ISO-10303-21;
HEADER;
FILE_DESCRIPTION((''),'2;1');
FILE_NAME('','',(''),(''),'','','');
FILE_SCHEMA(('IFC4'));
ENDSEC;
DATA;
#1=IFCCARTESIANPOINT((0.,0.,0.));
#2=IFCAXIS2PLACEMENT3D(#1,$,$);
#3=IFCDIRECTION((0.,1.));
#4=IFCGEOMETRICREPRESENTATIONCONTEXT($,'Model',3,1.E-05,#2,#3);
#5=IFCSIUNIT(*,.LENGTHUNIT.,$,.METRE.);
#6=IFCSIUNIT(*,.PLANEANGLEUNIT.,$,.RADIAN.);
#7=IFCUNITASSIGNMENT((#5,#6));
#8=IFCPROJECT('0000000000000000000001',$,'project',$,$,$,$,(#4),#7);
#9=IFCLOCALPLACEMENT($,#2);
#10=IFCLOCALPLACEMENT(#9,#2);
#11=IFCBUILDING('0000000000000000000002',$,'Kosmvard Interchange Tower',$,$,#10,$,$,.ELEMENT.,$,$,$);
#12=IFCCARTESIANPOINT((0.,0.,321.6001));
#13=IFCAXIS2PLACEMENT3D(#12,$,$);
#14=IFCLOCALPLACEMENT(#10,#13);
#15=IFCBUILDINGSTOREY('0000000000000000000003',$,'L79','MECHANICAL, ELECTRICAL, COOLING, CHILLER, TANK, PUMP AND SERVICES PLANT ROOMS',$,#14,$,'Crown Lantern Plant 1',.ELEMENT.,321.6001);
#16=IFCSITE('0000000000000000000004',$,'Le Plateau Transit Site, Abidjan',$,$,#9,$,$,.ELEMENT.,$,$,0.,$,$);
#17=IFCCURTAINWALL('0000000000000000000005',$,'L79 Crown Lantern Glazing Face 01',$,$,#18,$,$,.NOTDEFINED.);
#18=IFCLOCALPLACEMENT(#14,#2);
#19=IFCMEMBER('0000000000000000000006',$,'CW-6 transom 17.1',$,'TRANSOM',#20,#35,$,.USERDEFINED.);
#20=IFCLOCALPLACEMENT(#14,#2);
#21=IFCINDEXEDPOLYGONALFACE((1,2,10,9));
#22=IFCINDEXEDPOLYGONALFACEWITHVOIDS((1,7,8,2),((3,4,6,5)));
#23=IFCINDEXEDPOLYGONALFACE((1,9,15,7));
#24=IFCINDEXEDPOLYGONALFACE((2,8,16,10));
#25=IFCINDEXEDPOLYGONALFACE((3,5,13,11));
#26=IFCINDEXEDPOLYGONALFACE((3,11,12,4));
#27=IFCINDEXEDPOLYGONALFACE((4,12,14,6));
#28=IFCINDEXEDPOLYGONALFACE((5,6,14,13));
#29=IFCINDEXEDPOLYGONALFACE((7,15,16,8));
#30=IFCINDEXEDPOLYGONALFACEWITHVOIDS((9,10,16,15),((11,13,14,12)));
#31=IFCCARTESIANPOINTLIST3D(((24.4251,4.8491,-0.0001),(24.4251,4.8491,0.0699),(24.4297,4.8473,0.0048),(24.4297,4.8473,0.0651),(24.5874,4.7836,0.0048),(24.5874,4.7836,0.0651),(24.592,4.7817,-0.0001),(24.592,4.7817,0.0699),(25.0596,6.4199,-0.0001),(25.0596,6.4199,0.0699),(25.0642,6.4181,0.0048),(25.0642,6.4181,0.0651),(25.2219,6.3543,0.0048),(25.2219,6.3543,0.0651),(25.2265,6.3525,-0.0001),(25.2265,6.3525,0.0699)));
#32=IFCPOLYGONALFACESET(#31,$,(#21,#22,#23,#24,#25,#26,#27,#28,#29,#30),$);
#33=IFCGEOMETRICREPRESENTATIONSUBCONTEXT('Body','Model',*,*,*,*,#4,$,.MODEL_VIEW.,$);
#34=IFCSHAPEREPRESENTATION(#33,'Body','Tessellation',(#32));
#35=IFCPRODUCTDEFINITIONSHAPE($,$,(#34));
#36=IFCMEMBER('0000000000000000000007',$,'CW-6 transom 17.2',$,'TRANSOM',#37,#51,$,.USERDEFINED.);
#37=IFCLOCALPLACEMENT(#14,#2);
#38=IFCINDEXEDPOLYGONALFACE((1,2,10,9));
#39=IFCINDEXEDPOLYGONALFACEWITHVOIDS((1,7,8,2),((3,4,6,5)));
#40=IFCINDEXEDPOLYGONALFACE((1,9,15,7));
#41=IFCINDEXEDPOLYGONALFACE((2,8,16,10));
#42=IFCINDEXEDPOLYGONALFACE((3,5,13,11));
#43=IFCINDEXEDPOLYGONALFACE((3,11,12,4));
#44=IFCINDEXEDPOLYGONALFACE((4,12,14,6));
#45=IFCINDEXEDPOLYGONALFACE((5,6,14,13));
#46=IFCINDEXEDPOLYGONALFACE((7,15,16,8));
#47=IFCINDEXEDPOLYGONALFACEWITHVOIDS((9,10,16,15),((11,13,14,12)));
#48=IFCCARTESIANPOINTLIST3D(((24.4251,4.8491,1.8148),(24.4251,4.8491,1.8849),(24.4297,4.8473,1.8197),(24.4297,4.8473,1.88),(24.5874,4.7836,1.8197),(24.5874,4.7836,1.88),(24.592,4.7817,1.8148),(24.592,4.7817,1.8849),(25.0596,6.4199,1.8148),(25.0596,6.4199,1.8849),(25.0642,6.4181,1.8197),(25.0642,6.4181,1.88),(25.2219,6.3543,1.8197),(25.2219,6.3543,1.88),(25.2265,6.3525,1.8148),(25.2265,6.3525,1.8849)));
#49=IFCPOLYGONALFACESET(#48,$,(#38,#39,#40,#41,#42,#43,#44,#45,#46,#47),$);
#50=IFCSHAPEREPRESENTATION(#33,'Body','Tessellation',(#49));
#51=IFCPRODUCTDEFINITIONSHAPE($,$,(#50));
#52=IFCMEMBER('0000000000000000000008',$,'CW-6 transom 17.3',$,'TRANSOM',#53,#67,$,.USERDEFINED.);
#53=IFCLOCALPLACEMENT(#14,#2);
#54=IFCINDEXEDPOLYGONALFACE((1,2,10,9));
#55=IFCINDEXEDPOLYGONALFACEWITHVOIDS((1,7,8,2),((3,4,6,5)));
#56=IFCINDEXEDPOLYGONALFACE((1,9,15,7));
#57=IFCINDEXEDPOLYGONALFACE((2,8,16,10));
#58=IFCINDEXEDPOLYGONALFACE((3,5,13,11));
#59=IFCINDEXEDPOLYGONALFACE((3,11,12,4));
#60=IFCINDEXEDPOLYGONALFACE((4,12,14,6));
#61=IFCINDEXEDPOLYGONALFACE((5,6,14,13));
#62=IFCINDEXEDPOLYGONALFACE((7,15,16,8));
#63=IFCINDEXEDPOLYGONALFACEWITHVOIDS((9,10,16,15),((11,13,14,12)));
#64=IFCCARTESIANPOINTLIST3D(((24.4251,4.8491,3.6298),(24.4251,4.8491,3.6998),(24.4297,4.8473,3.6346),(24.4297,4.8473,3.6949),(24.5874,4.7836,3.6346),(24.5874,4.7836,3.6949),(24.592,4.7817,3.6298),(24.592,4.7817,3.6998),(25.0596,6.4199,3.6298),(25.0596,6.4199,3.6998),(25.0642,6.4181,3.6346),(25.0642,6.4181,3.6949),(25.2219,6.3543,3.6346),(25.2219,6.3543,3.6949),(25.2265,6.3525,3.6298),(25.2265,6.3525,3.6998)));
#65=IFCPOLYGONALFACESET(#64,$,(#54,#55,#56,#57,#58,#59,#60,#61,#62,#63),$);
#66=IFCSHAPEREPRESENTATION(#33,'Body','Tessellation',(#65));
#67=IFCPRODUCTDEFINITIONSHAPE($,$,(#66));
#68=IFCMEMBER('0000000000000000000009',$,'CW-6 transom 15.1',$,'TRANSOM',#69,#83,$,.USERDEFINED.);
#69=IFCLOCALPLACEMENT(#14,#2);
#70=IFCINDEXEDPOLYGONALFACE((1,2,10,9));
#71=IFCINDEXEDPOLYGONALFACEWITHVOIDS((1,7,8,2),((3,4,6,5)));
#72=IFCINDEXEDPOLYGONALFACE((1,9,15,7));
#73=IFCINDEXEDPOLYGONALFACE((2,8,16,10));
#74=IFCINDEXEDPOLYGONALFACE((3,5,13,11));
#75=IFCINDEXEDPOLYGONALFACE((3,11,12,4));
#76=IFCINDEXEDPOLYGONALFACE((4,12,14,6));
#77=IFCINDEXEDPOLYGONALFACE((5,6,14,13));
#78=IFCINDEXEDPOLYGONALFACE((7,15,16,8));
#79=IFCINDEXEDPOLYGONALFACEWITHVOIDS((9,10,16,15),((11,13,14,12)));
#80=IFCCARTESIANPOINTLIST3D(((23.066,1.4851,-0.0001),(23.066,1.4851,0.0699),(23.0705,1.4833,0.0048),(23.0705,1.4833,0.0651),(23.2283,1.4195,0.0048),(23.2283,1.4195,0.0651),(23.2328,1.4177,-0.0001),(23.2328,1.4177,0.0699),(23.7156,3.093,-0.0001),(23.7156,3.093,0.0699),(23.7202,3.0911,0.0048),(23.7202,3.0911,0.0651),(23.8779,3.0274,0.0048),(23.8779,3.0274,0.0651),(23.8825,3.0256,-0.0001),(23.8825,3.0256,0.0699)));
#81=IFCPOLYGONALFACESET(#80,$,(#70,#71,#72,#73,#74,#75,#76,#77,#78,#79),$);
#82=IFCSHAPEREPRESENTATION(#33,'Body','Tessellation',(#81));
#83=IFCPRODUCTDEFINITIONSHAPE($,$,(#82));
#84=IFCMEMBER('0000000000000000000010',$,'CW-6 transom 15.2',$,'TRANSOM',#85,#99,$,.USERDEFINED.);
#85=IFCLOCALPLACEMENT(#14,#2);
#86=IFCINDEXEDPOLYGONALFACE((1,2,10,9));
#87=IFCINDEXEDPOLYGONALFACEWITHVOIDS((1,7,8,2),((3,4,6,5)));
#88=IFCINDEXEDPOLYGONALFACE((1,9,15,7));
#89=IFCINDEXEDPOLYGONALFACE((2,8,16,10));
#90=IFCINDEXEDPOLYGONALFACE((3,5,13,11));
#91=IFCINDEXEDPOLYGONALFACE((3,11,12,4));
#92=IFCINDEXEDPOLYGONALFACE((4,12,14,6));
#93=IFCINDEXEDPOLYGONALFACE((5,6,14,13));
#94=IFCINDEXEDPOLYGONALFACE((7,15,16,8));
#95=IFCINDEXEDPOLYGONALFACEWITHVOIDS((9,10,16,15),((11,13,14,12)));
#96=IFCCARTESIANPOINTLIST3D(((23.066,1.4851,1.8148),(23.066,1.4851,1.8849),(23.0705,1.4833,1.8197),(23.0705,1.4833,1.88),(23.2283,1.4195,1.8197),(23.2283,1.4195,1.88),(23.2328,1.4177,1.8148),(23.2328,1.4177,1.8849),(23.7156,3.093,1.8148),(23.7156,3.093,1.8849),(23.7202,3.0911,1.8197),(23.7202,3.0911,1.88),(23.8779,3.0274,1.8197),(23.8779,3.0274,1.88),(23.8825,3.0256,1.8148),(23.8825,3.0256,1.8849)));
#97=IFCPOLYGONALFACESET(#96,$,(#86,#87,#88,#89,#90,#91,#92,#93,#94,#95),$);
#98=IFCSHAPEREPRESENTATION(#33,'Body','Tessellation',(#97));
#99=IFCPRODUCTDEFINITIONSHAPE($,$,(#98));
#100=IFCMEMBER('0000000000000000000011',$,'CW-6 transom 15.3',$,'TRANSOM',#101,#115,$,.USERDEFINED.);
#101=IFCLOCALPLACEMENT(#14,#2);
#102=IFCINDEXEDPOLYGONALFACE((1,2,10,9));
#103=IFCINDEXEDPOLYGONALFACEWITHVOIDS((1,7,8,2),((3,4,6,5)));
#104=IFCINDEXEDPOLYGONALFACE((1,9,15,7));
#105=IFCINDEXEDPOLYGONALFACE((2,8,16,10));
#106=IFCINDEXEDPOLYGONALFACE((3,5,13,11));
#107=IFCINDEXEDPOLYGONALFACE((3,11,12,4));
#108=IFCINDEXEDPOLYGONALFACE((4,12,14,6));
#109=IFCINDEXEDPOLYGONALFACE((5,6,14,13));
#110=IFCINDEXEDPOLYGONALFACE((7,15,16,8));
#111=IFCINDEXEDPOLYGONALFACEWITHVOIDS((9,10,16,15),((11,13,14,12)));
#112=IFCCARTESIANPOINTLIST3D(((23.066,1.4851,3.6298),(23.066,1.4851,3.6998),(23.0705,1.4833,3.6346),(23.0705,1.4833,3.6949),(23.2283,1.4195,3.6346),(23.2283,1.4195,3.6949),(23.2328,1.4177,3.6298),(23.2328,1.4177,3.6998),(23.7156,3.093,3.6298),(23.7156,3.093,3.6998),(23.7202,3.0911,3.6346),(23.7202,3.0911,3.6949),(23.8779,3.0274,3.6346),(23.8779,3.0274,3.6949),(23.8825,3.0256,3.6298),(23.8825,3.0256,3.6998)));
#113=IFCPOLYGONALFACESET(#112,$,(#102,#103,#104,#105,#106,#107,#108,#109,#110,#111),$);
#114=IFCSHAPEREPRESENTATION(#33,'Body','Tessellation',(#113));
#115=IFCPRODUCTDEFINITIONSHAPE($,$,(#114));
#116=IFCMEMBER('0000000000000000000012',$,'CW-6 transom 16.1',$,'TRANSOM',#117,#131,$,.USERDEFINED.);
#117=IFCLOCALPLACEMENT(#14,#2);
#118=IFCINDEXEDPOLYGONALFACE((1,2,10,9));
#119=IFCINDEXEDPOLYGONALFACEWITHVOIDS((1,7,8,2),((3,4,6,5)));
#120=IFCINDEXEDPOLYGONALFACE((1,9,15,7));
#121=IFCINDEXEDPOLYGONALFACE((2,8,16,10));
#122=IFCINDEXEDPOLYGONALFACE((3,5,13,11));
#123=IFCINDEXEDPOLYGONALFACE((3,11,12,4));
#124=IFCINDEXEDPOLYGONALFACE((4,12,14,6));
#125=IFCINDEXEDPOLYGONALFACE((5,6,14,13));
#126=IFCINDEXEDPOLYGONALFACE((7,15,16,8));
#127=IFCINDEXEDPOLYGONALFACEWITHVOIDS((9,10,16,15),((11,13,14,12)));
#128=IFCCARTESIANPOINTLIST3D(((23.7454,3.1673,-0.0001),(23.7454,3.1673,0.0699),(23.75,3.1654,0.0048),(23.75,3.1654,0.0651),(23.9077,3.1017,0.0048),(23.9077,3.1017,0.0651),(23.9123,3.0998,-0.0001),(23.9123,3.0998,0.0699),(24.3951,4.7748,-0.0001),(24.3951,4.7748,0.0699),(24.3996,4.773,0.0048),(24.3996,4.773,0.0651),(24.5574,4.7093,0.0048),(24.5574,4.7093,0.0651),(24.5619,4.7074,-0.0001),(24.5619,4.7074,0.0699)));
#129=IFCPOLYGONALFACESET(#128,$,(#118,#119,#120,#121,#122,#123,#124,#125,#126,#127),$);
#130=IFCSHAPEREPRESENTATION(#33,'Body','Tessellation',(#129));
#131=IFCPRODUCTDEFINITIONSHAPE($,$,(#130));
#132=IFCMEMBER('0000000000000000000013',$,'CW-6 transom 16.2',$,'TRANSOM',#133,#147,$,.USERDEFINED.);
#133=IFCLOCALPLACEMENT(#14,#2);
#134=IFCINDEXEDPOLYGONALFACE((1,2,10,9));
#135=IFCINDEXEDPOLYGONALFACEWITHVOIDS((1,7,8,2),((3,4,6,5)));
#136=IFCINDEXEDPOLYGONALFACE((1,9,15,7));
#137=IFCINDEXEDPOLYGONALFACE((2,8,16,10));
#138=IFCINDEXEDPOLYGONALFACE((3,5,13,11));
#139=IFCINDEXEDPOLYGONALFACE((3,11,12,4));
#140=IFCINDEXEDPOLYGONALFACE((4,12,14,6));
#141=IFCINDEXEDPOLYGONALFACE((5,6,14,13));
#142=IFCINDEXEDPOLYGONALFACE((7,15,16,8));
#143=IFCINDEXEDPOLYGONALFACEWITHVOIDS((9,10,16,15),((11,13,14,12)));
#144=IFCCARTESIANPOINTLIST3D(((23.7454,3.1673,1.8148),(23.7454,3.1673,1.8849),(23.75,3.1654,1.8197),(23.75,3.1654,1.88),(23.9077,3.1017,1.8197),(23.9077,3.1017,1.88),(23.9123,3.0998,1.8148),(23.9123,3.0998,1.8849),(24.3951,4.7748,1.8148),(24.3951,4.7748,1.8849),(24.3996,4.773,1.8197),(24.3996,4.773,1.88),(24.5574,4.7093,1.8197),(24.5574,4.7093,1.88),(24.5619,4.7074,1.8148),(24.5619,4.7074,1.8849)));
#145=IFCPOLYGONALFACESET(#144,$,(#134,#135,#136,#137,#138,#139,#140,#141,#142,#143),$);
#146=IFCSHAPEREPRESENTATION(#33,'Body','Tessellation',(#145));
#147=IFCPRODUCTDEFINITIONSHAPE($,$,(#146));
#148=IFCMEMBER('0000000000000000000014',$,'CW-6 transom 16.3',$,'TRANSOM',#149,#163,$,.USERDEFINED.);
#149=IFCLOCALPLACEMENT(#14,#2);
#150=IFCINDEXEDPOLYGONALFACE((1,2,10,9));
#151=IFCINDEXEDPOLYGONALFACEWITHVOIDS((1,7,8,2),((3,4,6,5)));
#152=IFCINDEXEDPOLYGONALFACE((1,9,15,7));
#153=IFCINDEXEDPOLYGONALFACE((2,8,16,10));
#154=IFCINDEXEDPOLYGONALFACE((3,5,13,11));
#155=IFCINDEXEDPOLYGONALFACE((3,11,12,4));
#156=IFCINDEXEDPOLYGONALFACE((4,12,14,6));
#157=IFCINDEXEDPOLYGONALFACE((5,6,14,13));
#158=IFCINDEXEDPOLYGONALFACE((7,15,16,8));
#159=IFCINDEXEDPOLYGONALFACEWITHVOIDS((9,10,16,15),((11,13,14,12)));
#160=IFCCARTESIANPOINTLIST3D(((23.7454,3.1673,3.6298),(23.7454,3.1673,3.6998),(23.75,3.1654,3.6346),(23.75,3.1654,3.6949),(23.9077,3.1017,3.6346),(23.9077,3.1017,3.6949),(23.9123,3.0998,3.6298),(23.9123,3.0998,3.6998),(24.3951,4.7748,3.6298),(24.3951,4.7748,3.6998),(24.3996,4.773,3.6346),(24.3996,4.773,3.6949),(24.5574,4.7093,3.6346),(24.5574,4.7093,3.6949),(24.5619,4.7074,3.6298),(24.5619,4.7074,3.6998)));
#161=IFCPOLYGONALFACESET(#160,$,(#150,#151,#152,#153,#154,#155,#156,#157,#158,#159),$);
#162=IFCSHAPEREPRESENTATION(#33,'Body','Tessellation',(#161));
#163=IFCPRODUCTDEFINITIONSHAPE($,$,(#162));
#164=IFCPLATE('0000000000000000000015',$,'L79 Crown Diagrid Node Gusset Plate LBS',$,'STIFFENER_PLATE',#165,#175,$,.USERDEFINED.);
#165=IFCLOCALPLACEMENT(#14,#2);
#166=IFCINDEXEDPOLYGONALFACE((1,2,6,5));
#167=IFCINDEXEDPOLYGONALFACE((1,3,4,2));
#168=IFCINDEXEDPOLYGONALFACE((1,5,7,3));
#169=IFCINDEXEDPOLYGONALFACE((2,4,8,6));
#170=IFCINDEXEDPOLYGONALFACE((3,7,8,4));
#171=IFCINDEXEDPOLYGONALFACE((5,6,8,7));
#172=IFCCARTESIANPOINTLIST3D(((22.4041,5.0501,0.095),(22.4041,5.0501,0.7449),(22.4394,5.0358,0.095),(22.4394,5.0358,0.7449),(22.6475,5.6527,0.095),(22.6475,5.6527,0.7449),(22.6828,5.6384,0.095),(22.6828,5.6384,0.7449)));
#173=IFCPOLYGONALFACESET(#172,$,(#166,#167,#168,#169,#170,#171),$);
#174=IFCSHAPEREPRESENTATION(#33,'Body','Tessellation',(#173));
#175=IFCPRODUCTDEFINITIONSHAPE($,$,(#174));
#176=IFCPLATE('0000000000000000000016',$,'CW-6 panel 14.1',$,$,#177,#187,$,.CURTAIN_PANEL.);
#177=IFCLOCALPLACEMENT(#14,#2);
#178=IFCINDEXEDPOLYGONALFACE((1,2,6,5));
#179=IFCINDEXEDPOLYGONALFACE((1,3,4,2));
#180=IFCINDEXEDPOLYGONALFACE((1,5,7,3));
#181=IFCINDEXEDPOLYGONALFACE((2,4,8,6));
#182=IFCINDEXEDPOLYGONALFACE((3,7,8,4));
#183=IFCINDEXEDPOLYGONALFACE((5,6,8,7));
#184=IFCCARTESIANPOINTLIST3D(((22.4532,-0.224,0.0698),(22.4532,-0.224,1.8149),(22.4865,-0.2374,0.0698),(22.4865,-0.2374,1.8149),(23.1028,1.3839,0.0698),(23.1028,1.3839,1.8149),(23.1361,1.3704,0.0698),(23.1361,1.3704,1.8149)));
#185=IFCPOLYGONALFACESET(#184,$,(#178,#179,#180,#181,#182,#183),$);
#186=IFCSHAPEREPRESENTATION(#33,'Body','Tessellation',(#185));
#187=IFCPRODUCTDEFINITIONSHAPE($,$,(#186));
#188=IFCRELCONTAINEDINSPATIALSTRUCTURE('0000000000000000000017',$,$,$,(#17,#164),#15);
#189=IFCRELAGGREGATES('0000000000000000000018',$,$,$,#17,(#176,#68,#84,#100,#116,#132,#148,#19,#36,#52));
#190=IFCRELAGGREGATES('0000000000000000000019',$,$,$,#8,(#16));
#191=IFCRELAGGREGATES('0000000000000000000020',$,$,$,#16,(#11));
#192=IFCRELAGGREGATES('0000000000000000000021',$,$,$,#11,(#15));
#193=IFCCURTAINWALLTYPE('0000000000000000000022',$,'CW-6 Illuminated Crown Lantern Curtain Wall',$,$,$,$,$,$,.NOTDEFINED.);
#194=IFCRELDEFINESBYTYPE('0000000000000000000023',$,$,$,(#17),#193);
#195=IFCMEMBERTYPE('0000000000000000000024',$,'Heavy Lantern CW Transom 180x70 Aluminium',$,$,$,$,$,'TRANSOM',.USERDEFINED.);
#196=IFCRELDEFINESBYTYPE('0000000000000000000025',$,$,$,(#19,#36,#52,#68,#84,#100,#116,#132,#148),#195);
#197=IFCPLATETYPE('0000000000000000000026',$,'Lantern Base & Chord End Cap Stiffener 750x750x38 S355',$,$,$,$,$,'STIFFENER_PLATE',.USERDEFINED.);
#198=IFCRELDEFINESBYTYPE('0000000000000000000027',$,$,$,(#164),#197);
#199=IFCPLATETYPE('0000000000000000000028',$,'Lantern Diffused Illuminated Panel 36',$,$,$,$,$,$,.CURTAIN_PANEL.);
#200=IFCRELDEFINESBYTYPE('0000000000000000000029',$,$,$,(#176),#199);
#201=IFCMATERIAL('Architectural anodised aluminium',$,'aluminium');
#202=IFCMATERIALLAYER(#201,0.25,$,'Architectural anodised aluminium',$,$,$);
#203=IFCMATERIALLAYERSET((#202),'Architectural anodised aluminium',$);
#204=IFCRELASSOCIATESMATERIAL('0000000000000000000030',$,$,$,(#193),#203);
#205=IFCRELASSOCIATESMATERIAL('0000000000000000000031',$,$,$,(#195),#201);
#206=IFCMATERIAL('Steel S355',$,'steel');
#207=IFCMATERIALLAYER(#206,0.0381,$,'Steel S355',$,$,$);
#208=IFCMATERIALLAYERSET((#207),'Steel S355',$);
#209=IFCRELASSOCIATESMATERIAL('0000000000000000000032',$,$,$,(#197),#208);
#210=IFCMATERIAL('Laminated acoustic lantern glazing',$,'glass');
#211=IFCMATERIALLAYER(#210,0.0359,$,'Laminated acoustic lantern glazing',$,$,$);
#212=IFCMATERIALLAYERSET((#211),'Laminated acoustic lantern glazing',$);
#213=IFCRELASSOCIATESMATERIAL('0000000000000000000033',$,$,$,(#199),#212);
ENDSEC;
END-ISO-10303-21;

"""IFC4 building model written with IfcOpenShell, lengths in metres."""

from ifc_helpers import new_model, si_unit, direction, frame, origin, origin_2d, place, context, subcontext, project, spatial, rectangle, hollow_rectangle, extrude, source, transform, mapped, material, layer, layer_set, material_profile, profile_set, type_object, element, aggregate, save


model = new_model("IFC4")

# Units and contexts
model_context = context("Model", 3, precision=1e-05, world=origin(), true_north=direction((0.0, 1.0)))
body_context = subcontext(model_context, "Body", "Model", "MODEL_VIEW")
ifc_project = project(units=[si_unit("LENGTHUNIT", "METRE"), si_unit("PLANEANGLEUNIT", "RADIAN")], contexts=[model_context])

# Site, building, storey
site_placement = place(None, origin())
site = spatial("IfcSite", under=ifc_project, at=site_placement, Name="Le Plateau Transit Site, Abidjan", CompositionType="ELEMENT", RefElevation=0.0)
building_placement = place(site_placement, origin())
building = spatial("IfcBuilding", under=site, at=building_placement, Name="Kosmvard Interchange Tower", CompositionType="ELEMENT")
storey_placement = place(building_placement, frame((0.0, 0.0, 321.6001)))
storey = spatial("IfcBuildingStorey", under=building, at=storey_placement, Name="L79", Description="MECHANICAL, ELECTRICAL, COOLING, CHILLER, TANK, PUMP AND SERVICES PLANT ROOMS", LongName="Crown Lantern Plant 1", CompositionType="ELEMENT", Elevation=321.6001)

# Shared definitions
ifc_material_1 = material(Name="Steel S355", Category="steel")

# Curtain wall, members
ifc_material_2 = material(Name="Architectural anodised aluminium", Category="aluminium")
ifc_layer_1 = layer(ifc_material_2, 0.25, Name="Architectural anodised aluminium")
ifc_layer_set_1 = layer_set([ifc_layer_1], Name="Architectural anodised aluminium")
curtain_wall_type = type_object("IfcCurtainWallType", Name="CW-6 Illuminated Crown Lantern Curtain Wall", PredefinedType="NOTDEFINED", material=ifc_layer_set_1)
curtain_wall_placement = place(storey_placement, origin())
curtain_wall = element("IfcCurtainWall", 1, at=curtain_wall_placement, inside=storey, type_object=curtain_wall_type, Name="L79 Crown Lantern Glazing Face 01", PredefinedType="NOTDEFINED")
ifc_material_profile_1 = material_profile(ifc_material_2, hollow_rectangle(XDim=0.1799, YDim=0.0701, WallThickness=0.0049, at=origin_2d()), Name="CWT 180x70x5")
ifc_profile_set_1 = profile_set([ifc_material_profile_1], Name="Architectural anodised aluminium")
member_type_1 = type_object("IfcMemberType", Name="Heavy Lantern CW Transom 180x70 Aluminium", ElementType="TRANSOM", PredefinedType="USERDEFINED", material=ifc_profile_set_1)
shared_shape_1 = source(origin(), body_context, "Body", "SweptSolid", [
    extrude(hollow_rectangle(XDim=0.1799, YDim=0.0701, WallThickness=0.0049, at=origin_2d()), origin(), (0.0, 0.0, 1.0), 1.6941),
])
member_1_placement = place(storey_placement, frame((24.5085, 4.8154, 0.0349), z_axis=(0.374544, 0.927209, 0.0), x_axis=(-0.927209, 0.374544, 0.0)))
member_1 = element("IfcMember", 2, at=member_1_placement, type_object=member_type_1, Name="CW-6 transom 17.1", ObjectType="TRANSOM", PredefinedType="USERDEFINED", context=body_context, shape_type="MappedRepresentation", body=[
    mapped(shared_shape_1, transform((0.0, 0.0, 0.0), scale=1.0)),
])
member_2_placement = place(storey_placement, frame((24.5085, 4.8154, 1.8499), z_axis=(0.374544, 0.927209, 0.0), x_axis=(-0.927209, 0.374544, 0.0)))
member_2 = element("IfcMember", 3, at=member_2_placement, type_object=member_type_1, Name="CW-6 transom 17.2", ObjectType="TRANSOM", PredefinedType="USERDEFINED", context=body_context, shape_type="MappedRepresentation", body=[
    mapped(shared_shape_1, transform((0.0, 0.0, 0.0), scale=1.0)),
])
member_3_placement = place(storey_placement, frame((24.5085, 4.8154, 3.6648), z_axis=(0.374544, 0.927209, 0.0), x_axis=(-0.927209, 0.374544, 0.0)))
member_3 = element("IfcMember", 4, at=member_3_placement, type_object=member_type_1, Name="CW-6 transom 17.3", ObjectType="TRANSOM", PredefinedType="USERDEFINED", context=body_context, shape_type="MappedRepresentation", body=[
    mapped(shared_shape_1, transform((0.0, 0.0, 0.0), scale=1.0)),
])
shared_shape_2 = source(origin(), body_context, "Body", "SweptSolid", [
    extrude(hollow_rectangle(XDim=0.1799, YDim=0.0701, WallThickness=0.0049, at=origin_2d()), origin(), (0.0, 0.0, 1.0), 1.7341),
])
member_4_placement = place(storey_placement, frame((23.1494, 1.4514, 0.0349), z_axis=(0.374617, 0.92718, 0.0), x_axis=(-0.92718, 0.374617, 0.0)))
member_4 = element("IfcMember", 5, at=member_4_placement, type_object=member_type_1, Name="CW-6 transom 15.1", ObjectType="TRANSOM", PredefinedType="USERDEFINED", context=body_context, shape_type="MappedRepresentation", body=[
    mapped(shared_shape_2, transform((0.0, 0.0, 0.0), scale=1.0)),
])
member_5_placement = place(storey_placement, frame((23.1494, 1.4514, 1.8499), z_axis=(0.374617, 0.92718, 0.0), x_axis=(-0.92718, 0.374617, 0.0)))
member_5 = element("IfcMember", 6, at=member_5_placement, type_object=member_type_1, Name="CW-6 transom 15.2", ObjectType="TRANSOM", PredefinedType="USERDEFINED", context=body_context, shape_type="MappedRepresentation", body=[
    mapped(shared_shape_2, transform((0.0, 0.0, 0.0), scale=1.0)),
])
member_6_placement = place(storey_placement, frame((23.1494, 1.4514, 3.6648), z_axis=(0.374617, 0.92718, 0.0), x_axis=(-0.92718, 0.374617, 0.0)))
member_6 = element("IfcMember", 7, at=member_6_placement, type_object=member_type_1, Name="CW-6 transom 15.3", ObjectType="TRANSOM", PredefinedType="USERDEFINED", context=body_context, shape_type="MappedRepresentation", body=[
    mapped(shared_shape_2, transform((0.0, 0.0, 0.0), scale=1.0)),
])
shared_shape_3 = source(origin(), body_context, "Body", "SweptSolid", [
    extrude(hollow_rectangle(XDim=0.1799, YDim=0.0701, WallThickness=0.0049, at=origin_2d()), origin(), (0.0, 0.0, 1.0), 1.7339),
])
member_7_placement = place(storey_placement, frame((23.8289, 3.1335, 0.0349), z_axis=(0.374666, 0.92716, 0.0), x_axis=(-0.92716, 0.374666, 0.0)))
member_7 = element("IfcMember", 8, at=member_7_placement, type_object=member_type_1, Name="CW-6 transom 16.1", ObjectType="TRANSOM", PredefinedType="USERDEFINED", context=body_context, shape_type="MappedRepresentation", body=[
    mapped(shared_shape_3, transform((0.0, 0.0, 0.0), scale=1.0)),
])
member_8_placement = place(storey_placement, frame((23.8289, 3.1335, 1.8499), z_axis=(0.374666, 0.92716, 0.0), x_axis=(-0.92716, 0.374666, 0.0)))
member_8 = element("IfcMember", 9, at=member_8_placement, type_object=member_type_1, Name="CW-6 transom 16.2", ObjectType="TRANSOM", PredefinedType="USERDEFINED", context=body_context, shape_type="MappedRepresentation", body=[
    mapped(shared_shape_3, transform((0.0, 0.0, 0.0), scale=1.0)),
])
member_9_placement = place(storey_placement, frame((23.8289, 3.1335, 3.6648), z_axis=(0.374666, 0.92716, 0.0), x_axis=(-0.92716, 0.374666, 0.0)))
member_9 = element("IfcMember", 10, at=member_9_placement, type_object=member_type_1, Name="CW-6 transom 16.3", ObjectType="TRANSOM", PredefinedType="USERDEFINED", context=body_context, shape_type="MappedRepresentation", body=[
    mapped(shared_shape_3, transform((0.0, 0.0, 0.0), scale=1.0)),
])

# Plates
ifc_layer_2 = layer(ifc_material_1, 0.0381, Name="Steel S355")
ifc_layer_set_2 = layer_set([ifc_layer_2], Name="Steel S355")
plate_type_1 = type_object("IfcPlateType", Name="Lantern Base & Chord End Cap Stiffener 750x750x38 S355", ElementType="STIFFENER_PLATE", PredefinedType="USERDEFINED", material=ifc_layer_set_2)
shared_shape_4 = source(origin(), body_context, "Body", "SweptSolid", [
    extrude(rectangle(XDim=0.6499, YDim=0.0381, at=origin_2d()), origin(), (0.0, 0.0, 1.0), 0.6499),
])
plate_1_placement = place(storey_placement, frame((22.5435, 5.3442, 0.095), z_axis=(0.0, 0.0, 1.0), x_axis=(0.374607, 0.927184, 0.0)))
element("IfcPlate", 11, at=plate_1_placement, inside=storey, type_object=plate_type_1, Name="L79 Crown Diagrid Node Gusset Plate LBS", ObjectType="STIFFENER_PLATE", PredefinedType="USERDEFINED", context=body_context, shape_type="MappedRepresentation", body=[
    mapped(shared_shape_4, transform((0.0, 0.0, 0.0), scale=1.0)),
])
ifc_material_3 = material(Name="Laminated acoustic lantern glazing", Category="glass")
ifc_layer_3 = layer(ifc_material_3, 0.0359, Name="Laminated acoustic lantern glazing")
ifc_layer_set_3 = layer_set([ifc_layer_3], Name="Laminated acoustic lantern glazing")
plate_type_2 = type_object("IfcPlateType", Name="Lantern Diffused Illuminated Panel 36", PredefinedType="CURTAIN_PANEL", material=ifc_layer_set_3)
shared_shape_5 = source(origin(), body_context, "Body", "SweptSolid", [
    extrude(rectangle(XDim=1.7341, YDim=0.0359, at=origin_2d()), origin(), (0.0, 0.0, 1.0), 1.7451),
])
plate_2_placement = place(storey_placement, frame((22.7947, 0.5732, 0.0698), z_axis=(0.0, 0.0, 1.0), x_axis=(0.374607, 0.927184, 0.0)))
plate_2 = element("IfcPlate", 12, at=plate_2_placement, type_object=plate_type_2, Name="CW-6 panel 14.1", PredefinedType="CURTAIN_PANEL", context=body_context, shape_type="MappedRepresentation", body=[
    mapped(shared_shape_5, transform((0.0, 0.0, 0.0), scale=1.0)),
])
aggregate(curtain_wall, [plate_2, member_4, member_5, member_6, member_7, member_8, member_9, member_1, member_2, member_3])

save(model, "model.ifc")
